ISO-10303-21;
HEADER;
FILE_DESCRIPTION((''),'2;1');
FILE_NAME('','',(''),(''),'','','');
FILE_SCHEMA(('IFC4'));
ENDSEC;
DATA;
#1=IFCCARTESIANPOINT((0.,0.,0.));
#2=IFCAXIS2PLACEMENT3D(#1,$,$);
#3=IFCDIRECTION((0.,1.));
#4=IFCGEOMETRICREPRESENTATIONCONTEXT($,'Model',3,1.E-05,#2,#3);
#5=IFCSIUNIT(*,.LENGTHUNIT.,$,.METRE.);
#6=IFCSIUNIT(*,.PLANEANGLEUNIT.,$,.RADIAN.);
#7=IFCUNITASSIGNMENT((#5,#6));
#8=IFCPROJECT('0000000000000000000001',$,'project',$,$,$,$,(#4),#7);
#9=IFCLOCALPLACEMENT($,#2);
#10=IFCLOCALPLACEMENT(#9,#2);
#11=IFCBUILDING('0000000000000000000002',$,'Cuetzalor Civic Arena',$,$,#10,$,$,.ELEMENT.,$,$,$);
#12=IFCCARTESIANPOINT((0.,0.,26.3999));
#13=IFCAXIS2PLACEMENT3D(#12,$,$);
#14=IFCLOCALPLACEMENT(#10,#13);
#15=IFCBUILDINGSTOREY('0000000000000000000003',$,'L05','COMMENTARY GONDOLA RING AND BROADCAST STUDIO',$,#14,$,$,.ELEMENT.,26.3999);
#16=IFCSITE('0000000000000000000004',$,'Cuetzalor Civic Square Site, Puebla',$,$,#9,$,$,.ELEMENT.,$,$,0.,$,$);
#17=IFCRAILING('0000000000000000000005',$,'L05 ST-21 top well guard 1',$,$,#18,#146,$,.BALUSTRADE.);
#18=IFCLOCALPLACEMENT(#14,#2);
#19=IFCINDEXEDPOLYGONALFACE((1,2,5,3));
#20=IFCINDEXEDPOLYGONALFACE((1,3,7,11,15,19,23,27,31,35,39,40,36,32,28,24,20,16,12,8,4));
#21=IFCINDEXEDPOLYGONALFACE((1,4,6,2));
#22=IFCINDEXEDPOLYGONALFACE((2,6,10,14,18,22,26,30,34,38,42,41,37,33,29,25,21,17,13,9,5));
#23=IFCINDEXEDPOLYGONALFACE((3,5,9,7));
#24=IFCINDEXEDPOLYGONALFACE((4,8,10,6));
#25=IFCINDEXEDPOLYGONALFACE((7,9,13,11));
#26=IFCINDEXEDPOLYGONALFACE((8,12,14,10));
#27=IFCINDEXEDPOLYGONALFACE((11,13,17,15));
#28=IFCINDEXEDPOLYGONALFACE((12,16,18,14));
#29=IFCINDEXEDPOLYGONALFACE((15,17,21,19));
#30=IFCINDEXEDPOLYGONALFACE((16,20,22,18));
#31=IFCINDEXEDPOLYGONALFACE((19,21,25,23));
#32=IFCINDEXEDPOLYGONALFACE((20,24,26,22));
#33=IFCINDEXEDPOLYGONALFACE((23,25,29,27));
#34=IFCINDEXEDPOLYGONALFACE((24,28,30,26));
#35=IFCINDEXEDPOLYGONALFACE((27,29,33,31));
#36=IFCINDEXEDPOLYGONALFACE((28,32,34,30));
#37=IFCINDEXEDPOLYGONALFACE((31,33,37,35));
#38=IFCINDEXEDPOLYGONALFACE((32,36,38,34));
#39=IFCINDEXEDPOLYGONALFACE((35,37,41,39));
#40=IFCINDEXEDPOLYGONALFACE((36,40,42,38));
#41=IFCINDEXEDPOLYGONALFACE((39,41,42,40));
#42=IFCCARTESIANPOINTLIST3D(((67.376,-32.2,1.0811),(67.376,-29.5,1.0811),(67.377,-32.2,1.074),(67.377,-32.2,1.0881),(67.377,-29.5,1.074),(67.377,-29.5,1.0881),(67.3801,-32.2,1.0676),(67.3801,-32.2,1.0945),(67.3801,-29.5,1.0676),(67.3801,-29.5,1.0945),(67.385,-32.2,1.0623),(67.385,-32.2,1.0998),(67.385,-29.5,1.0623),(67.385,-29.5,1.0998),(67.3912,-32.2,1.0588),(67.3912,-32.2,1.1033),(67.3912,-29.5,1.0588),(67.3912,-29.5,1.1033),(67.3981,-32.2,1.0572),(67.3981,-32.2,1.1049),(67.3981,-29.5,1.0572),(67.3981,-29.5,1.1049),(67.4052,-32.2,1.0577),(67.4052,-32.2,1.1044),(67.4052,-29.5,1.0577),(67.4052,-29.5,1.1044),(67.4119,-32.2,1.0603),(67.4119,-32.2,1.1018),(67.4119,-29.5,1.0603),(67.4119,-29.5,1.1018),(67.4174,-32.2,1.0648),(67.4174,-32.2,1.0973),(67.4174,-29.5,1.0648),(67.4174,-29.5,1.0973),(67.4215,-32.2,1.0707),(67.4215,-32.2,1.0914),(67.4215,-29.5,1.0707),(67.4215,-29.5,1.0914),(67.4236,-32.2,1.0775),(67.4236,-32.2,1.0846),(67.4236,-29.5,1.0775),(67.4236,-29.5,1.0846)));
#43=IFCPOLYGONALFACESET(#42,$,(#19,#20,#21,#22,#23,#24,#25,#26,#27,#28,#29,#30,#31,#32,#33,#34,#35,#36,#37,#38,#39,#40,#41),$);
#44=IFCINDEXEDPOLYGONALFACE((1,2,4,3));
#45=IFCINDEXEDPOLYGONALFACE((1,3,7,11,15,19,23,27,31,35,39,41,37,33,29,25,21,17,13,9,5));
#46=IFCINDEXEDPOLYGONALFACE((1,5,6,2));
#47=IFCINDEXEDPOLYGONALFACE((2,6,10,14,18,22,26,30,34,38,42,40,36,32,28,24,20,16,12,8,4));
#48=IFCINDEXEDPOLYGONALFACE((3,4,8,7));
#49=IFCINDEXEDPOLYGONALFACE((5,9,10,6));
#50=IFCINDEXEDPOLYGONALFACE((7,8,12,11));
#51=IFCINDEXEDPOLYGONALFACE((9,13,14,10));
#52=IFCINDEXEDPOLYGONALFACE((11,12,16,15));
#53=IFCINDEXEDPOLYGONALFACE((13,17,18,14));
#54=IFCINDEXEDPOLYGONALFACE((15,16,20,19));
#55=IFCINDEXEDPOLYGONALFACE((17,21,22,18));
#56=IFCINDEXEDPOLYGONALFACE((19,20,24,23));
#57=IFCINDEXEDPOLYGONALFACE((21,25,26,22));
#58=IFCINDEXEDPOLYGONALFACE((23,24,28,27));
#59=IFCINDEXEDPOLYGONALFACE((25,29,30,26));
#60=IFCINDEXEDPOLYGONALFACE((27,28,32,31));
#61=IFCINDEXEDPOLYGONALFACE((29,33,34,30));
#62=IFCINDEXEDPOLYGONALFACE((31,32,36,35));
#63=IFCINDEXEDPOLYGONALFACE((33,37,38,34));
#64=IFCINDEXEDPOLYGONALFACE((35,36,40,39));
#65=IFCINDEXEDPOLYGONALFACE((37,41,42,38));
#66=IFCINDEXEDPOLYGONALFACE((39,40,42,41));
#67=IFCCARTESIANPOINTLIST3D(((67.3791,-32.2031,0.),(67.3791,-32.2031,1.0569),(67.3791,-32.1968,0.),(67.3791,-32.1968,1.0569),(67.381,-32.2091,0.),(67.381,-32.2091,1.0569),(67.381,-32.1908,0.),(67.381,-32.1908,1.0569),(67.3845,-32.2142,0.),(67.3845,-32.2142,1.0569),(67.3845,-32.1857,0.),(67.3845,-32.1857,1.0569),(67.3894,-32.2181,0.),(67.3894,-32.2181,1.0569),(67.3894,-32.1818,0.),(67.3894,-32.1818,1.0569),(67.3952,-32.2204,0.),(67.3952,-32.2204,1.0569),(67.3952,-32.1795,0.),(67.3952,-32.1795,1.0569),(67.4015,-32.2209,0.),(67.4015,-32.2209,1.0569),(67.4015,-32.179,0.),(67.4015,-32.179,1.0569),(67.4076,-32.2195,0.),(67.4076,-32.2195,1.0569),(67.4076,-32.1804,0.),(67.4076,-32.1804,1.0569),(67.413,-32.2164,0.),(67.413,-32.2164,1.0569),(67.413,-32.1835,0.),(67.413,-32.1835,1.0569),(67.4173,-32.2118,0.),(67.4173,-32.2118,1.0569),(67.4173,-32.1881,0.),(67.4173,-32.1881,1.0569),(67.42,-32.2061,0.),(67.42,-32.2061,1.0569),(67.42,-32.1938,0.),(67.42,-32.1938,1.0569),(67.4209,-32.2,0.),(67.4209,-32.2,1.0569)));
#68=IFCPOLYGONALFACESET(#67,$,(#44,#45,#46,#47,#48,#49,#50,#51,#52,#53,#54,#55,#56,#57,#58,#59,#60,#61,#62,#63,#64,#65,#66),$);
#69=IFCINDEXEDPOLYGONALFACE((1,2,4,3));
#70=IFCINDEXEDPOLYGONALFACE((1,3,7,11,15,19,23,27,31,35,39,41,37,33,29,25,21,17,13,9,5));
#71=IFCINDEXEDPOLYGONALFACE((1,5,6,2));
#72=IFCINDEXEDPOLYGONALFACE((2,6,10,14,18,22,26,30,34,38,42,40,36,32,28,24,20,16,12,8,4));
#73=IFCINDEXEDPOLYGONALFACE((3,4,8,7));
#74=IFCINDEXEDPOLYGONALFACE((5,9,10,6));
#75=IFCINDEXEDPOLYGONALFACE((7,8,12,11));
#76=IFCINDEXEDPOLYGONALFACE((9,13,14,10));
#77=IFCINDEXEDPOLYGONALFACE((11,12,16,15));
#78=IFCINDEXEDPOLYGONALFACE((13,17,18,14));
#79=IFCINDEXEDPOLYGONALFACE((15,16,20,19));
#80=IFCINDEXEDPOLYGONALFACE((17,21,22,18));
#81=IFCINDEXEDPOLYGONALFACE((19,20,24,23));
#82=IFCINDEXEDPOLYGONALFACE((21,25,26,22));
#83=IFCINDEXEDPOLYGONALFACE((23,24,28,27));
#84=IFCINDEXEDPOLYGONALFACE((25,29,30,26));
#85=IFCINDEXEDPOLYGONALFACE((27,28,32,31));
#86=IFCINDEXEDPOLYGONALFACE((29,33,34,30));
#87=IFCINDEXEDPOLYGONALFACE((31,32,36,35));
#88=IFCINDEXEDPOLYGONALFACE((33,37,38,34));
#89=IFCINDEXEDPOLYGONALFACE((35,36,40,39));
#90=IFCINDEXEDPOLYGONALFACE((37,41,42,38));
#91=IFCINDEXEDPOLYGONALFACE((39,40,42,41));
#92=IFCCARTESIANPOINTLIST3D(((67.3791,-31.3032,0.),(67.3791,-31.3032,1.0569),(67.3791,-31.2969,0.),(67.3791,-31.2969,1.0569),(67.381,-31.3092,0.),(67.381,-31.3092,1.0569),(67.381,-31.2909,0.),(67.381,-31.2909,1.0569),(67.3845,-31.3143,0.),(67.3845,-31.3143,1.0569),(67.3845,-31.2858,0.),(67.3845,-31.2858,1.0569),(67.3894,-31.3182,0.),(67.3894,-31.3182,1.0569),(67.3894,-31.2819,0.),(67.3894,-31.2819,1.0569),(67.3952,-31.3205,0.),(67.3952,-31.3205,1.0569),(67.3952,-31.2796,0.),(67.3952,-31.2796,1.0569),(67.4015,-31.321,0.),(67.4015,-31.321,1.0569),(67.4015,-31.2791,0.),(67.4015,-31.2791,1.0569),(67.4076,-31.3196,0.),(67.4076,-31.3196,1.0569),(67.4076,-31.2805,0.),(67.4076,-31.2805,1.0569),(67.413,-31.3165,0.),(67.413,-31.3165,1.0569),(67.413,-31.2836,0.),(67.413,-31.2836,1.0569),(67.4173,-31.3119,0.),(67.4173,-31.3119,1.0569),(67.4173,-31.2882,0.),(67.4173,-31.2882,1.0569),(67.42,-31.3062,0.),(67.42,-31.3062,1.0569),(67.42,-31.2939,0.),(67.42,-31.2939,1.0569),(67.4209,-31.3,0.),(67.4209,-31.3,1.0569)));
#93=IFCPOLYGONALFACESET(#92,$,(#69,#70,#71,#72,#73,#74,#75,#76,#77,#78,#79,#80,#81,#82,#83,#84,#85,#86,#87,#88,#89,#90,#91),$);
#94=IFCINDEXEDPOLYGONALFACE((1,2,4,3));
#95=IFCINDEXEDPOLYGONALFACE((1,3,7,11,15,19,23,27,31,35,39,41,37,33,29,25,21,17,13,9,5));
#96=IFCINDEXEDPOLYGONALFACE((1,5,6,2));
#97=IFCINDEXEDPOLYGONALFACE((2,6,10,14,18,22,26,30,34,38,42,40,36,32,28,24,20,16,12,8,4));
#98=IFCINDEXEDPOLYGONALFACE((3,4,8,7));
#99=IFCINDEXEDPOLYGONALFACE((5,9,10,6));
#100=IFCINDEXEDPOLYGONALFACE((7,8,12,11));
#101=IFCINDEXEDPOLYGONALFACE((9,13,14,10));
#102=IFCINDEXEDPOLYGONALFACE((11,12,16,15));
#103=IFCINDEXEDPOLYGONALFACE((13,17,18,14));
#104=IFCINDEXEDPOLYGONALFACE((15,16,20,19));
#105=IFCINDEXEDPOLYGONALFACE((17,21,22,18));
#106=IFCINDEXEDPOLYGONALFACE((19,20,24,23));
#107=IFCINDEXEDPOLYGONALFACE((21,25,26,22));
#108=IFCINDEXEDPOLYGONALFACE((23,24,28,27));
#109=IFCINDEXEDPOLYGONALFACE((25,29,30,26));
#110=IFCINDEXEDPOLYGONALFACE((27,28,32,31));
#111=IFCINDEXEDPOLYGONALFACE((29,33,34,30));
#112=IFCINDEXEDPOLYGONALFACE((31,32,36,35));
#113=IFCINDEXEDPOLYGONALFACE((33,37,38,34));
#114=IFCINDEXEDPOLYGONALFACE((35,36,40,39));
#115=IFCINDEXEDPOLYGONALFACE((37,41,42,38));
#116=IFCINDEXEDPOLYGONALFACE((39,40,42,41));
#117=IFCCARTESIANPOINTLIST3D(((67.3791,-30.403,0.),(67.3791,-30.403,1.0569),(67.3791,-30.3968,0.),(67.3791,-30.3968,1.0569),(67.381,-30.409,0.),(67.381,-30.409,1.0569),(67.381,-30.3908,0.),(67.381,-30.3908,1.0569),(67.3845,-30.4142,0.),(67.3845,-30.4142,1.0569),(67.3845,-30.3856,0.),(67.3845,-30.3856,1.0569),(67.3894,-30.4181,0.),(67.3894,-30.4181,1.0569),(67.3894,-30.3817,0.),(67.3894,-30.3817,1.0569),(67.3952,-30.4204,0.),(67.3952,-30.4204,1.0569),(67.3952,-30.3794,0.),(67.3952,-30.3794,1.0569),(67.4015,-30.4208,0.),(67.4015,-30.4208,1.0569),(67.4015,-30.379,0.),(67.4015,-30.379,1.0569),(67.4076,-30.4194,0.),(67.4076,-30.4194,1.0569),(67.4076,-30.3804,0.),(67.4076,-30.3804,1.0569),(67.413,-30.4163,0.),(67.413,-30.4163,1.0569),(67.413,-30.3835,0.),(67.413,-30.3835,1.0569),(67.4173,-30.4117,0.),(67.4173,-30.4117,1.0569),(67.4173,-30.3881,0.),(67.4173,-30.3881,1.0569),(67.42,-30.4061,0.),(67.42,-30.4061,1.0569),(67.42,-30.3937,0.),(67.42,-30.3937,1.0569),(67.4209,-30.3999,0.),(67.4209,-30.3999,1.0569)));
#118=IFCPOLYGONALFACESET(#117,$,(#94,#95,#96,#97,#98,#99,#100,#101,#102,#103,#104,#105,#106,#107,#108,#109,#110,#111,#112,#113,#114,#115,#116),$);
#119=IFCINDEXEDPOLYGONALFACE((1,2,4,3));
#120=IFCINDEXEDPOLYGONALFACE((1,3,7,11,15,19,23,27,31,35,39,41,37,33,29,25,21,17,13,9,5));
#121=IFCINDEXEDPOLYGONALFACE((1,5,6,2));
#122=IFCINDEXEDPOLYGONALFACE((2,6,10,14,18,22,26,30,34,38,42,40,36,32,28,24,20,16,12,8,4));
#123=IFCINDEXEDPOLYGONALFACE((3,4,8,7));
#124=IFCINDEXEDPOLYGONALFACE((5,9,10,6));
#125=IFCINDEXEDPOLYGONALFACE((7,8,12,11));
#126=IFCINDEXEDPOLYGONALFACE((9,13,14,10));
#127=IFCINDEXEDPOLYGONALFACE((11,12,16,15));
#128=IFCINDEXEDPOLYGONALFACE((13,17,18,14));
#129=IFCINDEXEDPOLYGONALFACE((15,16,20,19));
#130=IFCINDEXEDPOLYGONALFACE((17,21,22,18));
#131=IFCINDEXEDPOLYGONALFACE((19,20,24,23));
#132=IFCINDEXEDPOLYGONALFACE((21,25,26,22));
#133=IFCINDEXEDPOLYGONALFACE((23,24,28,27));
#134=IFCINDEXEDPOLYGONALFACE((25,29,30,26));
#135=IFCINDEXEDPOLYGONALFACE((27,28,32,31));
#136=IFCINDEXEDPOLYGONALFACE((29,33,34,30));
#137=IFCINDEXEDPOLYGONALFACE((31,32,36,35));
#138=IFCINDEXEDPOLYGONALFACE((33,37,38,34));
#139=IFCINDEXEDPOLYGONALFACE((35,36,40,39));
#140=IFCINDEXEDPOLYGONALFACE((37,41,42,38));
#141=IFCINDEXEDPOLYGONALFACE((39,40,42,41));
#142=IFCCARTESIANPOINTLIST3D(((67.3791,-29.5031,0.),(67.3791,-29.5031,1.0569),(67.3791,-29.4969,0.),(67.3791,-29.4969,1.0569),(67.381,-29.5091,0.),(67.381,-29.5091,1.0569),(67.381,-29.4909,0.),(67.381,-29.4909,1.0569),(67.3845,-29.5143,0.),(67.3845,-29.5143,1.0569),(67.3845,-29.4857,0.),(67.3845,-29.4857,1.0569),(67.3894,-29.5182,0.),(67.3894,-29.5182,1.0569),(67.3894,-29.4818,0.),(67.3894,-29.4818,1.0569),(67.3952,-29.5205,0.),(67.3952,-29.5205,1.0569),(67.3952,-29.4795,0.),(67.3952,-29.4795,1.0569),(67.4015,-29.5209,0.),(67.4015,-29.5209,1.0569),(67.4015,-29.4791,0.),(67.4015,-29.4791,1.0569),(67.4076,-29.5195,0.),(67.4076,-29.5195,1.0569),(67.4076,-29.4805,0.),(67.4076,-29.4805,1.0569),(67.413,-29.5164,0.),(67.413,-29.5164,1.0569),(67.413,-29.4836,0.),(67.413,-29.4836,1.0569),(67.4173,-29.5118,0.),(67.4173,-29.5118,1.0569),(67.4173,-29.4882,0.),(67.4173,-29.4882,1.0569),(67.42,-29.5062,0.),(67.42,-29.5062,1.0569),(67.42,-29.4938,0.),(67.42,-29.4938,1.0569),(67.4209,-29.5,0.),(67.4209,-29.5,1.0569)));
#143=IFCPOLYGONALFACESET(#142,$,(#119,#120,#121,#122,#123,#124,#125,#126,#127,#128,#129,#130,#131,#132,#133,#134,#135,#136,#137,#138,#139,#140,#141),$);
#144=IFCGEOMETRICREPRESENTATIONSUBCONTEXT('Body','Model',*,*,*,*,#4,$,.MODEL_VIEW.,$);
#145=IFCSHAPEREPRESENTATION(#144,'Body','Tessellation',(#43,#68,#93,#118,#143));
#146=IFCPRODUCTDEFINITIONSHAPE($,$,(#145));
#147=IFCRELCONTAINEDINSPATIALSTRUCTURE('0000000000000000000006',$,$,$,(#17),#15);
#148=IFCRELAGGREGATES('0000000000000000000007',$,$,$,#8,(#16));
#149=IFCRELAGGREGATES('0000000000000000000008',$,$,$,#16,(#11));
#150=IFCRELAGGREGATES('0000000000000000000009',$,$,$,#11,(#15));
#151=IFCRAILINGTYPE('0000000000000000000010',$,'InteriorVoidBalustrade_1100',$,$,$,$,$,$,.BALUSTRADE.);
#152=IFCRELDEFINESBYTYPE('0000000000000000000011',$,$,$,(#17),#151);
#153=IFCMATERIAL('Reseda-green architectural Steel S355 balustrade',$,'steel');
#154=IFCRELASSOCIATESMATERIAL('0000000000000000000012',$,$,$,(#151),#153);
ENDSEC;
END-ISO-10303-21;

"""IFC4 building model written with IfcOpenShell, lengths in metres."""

from ifc_helpers import new_model, si_unit, direction, frame, origin, origin_2d, place, context, subcontext, project, spatial, circle, extrude, material, type_object, element, save


model = new_model("IFC4")

# Units and contexts
model_context = context("Model", 3, precision=1e-05, world=origin(), true_north=direction((0.0, 1.0)))
body_context = subcontext(model_context, "Body", "Model", "MODEL_VIEW")
ifc_project = project(units=[si_unit("LENGTHUNIT", "METRE"), si_unit("PLANEANGLEUNIT", "RADIAN")], contexts=[model_context])

# Site, building, storey
site_placement = place(None, origin())
site = spatial("IfcSite", under=ifc_project, at=site_placement, Name="Cuetzalor Civic Square Site, Puebla", CompositionType="ELEMENT", RefElevation=0.0)
building_placement = place(site_placement, origin())
building = spatial("IfcBuilding", under=site, at=building_placement, Name="Cuetzalor Civic Arena", CompositionType="ELEMENT")
storey_placement = place(building_placement, frame((0.0, 0.0, 26.3999)))
storey = spatial("IfcBuildingStorey", under=building, at=storey_placement, Name="L05", Description="COMMENTARY GONDOLA RING AND BROADCAST STUDIO", CompositionType="ELEMENT", Elevation=26.3999)

# Railing
ifc_material_1 = material(Name="Reseda-green architectural Steel S355 balustrade", Category="steel")
railing_type = type_object("IfcRailingType", Name="InteriorVoidBalustrade_1100", PredefinedType="BALUSTRADE", material=ifc_material_1)
railing_placement = place(storey_placement, frame((67.3999, -32.2, 0.0)))
element("IfcRailing", 1, at=railing_placement, inside=storey, type_object=railing_type, Name="L05 ST-21 top well guard 1", PredefinedType="BALUSTRADE", context=body_context, shape_type="SweptSolid", body=[
    extrude(circle(Radius=0.0239, at=origin_2d()), frame((0.0, 0.0, 1.0811), z_axis=(0.0, 1.0, 0.0), x_axis=(-1.0, 0.0, 0.0)), (0.0, 0.0, 1.0), 2.7),
    extrude(circle(Radius=0.021, at=origin_2d()), origin(), (0.0, 0.0, 1.0), 1.0569),
    extrude(circle(Radius=0.021, at=origin_2d()), frame((0.0, 0.8999, 0.0)), (0.0, 0.0, 1.0), 1.0569),
    extrude(circle(Radius=0.021, at=origin_2d()), frame((0.0, 1.8, 0.0)), (0.0, 0.0, 1.0), 1.0569),
    extrude(circle(Radius=0.021, at=origin_2d()), frame((0.0, 2.7, 0.0)), (0.0, 0.0, 1.0), 1.0569),
])

save(model, "model.ifc")
